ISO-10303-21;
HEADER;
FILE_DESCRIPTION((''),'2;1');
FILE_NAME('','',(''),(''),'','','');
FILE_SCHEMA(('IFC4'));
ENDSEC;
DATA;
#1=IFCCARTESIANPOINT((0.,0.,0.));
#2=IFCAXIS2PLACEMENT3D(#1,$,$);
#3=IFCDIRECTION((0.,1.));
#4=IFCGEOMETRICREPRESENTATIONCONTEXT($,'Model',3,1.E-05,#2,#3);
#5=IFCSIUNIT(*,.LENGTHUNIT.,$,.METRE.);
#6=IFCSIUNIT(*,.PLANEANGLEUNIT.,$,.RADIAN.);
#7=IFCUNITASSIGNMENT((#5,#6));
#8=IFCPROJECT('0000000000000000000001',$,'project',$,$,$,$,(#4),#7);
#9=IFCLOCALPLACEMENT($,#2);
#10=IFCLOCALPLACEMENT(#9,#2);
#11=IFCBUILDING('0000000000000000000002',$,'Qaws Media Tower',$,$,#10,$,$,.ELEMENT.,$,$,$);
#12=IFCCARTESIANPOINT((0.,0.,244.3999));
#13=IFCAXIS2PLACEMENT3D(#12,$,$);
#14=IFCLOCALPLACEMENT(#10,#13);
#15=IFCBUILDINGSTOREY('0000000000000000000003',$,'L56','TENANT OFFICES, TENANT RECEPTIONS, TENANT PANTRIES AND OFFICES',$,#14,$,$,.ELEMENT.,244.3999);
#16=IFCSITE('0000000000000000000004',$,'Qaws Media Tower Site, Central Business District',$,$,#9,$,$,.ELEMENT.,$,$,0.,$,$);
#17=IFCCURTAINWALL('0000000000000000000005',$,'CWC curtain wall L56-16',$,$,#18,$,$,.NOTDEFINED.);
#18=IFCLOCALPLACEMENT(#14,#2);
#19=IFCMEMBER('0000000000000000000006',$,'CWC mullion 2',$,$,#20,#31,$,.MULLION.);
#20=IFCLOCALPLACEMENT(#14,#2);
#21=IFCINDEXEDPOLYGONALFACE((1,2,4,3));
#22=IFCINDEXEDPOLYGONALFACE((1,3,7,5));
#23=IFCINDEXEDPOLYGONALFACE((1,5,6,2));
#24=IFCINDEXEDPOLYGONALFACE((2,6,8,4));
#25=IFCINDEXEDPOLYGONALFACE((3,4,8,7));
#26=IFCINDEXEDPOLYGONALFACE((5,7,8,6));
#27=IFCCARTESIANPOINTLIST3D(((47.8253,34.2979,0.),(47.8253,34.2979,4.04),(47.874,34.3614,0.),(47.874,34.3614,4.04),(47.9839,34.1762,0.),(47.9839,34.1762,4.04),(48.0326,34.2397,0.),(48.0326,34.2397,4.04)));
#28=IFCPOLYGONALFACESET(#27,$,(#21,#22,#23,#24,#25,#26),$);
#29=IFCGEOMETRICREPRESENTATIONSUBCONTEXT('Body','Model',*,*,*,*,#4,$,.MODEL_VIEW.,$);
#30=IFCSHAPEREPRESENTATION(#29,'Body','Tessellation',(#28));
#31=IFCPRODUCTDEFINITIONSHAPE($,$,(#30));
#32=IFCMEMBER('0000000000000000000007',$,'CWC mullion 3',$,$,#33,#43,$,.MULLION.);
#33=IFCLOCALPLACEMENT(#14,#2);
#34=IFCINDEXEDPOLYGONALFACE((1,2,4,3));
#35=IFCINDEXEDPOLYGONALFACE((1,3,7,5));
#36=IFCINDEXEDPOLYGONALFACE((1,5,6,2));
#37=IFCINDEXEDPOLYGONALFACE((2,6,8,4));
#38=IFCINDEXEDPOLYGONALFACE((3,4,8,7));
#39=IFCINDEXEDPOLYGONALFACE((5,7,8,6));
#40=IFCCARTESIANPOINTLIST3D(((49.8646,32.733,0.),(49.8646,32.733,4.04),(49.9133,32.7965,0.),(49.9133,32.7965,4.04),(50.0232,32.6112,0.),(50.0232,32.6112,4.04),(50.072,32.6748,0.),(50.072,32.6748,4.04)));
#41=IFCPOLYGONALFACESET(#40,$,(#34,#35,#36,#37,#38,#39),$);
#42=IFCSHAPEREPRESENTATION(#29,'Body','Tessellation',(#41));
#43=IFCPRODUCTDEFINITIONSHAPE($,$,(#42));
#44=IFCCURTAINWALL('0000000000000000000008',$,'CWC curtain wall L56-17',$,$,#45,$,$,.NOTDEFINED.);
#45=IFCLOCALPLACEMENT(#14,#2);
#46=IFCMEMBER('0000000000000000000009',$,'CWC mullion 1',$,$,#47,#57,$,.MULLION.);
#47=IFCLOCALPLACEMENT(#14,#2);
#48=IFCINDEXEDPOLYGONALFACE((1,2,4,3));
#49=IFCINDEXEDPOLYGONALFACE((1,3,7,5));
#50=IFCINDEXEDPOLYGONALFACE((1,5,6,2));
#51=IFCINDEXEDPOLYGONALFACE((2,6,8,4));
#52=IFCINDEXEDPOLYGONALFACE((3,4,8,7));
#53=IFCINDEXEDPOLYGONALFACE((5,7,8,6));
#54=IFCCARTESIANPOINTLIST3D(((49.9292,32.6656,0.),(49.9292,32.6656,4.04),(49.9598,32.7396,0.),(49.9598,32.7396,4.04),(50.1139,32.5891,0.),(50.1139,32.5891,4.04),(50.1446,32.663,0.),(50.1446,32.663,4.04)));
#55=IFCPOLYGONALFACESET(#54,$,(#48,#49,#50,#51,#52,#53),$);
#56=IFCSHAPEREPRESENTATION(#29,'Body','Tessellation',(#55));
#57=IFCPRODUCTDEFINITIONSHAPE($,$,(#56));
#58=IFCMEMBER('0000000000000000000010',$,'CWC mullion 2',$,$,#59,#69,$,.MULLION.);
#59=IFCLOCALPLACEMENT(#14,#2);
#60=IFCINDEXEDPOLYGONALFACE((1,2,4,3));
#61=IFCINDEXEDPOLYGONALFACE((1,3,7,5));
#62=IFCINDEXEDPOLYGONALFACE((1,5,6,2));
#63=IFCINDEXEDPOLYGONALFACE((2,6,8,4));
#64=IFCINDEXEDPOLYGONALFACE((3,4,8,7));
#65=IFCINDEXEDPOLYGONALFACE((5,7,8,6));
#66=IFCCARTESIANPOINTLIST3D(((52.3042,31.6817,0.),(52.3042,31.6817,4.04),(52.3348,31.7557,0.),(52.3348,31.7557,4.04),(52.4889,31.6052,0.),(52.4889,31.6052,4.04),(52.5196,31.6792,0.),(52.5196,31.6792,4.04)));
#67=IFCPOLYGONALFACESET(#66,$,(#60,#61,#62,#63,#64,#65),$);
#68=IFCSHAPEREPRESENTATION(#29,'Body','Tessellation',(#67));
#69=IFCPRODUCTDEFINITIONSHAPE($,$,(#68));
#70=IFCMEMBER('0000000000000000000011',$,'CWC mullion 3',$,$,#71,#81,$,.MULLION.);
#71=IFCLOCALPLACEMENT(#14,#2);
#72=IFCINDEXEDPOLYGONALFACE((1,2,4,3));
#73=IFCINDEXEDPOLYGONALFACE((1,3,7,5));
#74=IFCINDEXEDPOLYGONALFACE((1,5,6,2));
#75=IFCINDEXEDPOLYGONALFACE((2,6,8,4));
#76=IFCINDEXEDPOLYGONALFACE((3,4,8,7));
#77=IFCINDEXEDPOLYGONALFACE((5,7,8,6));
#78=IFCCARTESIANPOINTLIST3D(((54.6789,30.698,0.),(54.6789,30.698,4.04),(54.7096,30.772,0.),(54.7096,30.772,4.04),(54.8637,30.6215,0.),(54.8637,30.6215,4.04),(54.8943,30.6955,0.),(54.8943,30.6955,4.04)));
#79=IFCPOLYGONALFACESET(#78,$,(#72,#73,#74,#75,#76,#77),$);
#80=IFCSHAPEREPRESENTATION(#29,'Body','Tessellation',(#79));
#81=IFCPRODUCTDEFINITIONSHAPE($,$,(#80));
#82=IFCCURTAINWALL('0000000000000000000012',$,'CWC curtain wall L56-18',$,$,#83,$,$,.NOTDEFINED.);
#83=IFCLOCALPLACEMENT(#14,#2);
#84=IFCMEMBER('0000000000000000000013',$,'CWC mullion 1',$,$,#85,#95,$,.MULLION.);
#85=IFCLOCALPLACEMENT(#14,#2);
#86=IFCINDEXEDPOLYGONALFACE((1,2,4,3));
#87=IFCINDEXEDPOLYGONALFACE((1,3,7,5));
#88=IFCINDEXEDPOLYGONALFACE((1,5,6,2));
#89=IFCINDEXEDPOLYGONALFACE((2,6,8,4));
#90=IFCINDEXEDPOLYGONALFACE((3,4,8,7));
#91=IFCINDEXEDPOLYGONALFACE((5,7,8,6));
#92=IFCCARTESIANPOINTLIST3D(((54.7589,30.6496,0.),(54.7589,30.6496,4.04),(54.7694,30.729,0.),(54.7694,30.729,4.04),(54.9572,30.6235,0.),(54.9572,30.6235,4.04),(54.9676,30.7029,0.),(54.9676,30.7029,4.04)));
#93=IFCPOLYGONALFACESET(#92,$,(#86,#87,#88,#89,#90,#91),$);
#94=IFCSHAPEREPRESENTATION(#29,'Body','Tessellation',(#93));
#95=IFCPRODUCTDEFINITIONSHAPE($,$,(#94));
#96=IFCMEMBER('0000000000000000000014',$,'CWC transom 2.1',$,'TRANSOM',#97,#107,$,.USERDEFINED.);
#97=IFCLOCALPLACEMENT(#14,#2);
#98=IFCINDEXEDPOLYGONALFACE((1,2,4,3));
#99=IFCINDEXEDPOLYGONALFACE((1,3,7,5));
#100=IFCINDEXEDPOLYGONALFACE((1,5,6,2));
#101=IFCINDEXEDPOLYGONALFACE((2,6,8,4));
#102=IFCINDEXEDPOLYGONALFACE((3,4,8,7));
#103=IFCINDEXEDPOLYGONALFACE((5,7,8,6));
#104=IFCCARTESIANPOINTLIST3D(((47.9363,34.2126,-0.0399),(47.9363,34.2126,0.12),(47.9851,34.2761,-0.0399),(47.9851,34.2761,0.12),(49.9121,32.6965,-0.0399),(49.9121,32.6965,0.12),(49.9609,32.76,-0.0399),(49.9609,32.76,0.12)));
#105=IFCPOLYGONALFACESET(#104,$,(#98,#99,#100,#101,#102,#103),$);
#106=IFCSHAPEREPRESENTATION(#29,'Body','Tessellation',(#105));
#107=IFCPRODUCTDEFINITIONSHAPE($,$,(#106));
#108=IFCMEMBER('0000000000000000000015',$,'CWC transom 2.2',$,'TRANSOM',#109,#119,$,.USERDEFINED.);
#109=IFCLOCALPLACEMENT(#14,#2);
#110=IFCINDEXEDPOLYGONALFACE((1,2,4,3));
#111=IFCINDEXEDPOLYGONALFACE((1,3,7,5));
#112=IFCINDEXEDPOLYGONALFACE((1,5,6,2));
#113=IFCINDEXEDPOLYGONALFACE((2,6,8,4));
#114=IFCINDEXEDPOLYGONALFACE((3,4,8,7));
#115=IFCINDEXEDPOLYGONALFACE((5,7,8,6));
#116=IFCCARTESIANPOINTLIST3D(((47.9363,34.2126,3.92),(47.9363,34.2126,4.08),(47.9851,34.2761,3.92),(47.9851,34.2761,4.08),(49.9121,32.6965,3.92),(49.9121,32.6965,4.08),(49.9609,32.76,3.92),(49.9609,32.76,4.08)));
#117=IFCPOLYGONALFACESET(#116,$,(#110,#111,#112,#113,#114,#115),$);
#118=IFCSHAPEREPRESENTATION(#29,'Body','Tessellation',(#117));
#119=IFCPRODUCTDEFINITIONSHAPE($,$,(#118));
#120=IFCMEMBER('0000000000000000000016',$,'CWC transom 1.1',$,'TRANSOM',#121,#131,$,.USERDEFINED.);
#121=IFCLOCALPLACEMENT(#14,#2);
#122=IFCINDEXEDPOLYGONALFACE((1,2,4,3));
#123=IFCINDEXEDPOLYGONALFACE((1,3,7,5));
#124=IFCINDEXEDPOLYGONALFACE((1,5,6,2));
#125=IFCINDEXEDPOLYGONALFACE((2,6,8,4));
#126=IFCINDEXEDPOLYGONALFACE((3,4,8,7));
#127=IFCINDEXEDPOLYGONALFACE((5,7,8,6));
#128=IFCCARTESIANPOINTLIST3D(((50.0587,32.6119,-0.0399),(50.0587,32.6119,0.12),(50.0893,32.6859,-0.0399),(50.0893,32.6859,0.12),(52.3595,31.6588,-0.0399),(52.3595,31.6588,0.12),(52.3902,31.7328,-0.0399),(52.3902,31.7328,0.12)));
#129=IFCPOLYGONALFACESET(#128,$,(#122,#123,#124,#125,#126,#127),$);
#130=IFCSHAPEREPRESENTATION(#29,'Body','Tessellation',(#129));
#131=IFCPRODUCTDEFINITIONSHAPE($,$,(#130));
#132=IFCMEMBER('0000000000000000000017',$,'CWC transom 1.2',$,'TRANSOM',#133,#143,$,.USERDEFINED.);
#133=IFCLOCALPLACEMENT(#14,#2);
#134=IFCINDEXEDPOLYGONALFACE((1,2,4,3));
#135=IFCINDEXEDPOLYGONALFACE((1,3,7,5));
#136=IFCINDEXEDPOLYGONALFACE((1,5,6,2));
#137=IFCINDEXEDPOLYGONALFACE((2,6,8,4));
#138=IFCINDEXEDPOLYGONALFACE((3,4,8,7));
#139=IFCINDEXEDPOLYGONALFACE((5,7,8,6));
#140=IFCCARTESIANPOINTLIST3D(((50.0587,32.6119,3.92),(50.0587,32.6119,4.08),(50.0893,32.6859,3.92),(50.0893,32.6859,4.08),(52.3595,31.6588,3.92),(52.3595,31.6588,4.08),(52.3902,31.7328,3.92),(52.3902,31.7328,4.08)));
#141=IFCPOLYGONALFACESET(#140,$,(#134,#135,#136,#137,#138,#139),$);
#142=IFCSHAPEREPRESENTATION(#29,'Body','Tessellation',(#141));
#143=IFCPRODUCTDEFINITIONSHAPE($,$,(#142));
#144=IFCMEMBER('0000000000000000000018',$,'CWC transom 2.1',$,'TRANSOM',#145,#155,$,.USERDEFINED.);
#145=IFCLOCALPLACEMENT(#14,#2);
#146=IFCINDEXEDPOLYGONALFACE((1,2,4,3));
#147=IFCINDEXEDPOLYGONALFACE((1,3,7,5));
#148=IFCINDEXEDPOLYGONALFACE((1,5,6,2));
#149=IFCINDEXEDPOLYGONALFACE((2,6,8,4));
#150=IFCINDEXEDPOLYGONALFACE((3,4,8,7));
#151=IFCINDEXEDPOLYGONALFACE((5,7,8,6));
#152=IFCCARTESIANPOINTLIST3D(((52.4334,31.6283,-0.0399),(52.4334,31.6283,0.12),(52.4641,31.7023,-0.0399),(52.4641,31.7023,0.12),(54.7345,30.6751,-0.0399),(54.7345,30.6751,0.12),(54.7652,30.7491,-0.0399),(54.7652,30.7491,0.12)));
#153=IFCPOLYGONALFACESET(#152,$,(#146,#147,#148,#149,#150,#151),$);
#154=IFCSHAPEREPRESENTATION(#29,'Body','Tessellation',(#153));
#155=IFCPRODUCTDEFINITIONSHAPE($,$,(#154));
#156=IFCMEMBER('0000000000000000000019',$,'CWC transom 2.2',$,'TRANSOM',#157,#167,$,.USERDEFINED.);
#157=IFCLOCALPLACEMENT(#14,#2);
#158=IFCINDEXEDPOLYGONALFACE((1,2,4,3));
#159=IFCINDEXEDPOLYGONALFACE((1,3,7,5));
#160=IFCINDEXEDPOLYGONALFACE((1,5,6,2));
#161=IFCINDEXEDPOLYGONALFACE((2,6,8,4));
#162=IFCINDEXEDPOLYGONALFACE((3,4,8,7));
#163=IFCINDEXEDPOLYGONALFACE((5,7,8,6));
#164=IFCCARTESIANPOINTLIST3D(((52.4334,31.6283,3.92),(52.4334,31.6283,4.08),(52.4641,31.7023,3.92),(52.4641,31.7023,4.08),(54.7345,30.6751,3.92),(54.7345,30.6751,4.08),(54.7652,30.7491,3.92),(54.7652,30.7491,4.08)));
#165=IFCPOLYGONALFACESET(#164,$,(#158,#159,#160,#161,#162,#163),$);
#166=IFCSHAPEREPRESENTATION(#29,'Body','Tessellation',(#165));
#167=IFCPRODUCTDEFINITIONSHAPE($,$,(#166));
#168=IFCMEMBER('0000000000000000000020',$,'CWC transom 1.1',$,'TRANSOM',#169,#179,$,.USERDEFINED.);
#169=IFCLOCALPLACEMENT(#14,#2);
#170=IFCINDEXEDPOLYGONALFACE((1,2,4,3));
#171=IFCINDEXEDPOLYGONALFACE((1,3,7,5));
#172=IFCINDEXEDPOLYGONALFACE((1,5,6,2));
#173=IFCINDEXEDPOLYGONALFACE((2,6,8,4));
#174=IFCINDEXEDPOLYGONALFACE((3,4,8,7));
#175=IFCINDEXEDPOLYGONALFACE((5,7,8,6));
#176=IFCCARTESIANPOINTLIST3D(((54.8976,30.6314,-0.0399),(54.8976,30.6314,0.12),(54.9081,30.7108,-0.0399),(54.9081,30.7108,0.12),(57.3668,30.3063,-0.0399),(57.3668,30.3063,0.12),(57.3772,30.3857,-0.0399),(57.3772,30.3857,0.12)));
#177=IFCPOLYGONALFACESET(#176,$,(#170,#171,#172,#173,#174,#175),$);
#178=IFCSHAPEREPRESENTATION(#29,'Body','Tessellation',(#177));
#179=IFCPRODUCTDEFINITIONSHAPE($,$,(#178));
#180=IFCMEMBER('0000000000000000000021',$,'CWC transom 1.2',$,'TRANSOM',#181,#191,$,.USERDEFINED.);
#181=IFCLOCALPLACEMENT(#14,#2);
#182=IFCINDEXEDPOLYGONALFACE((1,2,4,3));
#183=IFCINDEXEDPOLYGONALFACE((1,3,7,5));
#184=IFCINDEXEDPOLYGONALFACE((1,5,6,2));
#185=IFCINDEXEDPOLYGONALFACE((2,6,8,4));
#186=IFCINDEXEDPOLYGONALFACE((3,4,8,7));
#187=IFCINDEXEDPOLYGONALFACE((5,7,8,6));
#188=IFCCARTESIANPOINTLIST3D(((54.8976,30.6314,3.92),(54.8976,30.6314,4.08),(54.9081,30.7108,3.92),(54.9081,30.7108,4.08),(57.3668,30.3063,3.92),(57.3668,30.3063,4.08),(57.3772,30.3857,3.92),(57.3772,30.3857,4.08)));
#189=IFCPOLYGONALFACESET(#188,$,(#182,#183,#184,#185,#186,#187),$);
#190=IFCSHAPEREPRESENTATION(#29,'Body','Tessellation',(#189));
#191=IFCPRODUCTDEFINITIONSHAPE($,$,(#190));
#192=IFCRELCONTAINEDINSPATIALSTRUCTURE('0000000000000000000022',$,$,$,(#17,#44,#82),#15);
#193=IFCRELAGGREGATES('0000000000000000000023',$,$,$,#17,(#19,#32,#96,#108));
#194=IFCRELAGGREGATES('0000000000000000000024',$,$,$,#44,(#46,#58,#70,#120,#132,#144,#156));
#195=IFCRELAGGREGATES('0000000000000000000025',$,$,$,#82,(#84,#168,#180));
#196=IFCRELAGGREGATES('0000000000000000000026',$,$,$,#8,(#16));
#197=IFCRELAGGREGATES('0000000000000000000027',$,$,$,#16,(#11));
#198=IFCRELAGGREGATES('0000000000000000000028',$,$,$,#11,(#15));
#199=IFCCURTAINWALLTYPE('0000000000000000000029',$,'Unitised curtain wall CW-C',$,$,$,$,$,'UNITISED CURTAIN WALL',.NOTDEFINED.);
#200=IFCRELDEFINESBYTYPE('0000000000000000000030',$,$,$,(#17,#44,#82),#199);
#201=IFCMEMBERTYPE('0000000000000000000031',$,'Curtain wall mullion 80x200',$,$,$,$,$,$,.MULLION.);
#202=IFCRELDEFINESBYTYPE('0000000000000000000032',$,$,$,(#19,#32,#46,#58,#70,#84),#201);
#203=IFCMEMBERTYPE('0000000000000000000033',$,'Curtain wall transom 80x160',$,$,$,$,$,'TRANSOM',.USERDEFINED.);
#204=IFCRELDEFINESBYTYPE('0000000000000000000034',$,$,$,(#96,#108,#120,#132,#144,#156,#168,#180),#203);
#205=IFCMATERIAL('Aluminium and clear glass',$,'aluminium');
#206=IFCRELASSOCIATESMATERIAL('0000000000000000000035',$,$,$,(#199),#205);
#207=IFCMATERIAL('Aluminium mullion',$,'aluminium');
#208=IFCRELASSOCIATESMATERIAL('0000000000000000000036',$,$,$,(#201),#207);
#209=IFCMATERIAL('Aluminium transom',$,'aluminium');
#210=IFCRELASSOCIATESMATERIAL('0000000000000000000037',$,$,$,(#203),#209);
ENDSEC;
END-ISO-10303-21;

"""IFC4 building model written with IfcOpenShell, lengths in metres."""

from ifc_helpers import new_model, si_unit, direction, frame, origin, origin_2d, place, context, subcontext, project, spatial, rectangle, extrude, material, material_profile, profile_set, type_object, element, aggregate, save


model = new_model("IFC4")

# Units and contexts
model_context = context("Model", 3, precision=1e-05, world=origin(), true_north=direction((0.0, 1.0)))
body_context = subcontext(model_context, "Body", "Model", "MODEL_VIEW")
ifc_project = project(units=[si_unit("LENGTHUNIT", "METRE"), si_unit("PLANEANGLEUNIT", "RADIAN")], contexts=[model_context])

# Site, building, storey
site_placement = place(None, origin())
site = spatial("IfcSite", under=ifc_project, at=site_placement, Name="Qaws Media Tower Site, Central Business District", CompositionType="ELEMENT", RefElevation=0.0)
building_placement = place(site_placement, origin())
building = spatial("IfcBuilding", under=site, at=building_placement, Name="Qaws Media Tower", CompositionType="ELEMENT")
storey_placement = place(building_placement, frame((0.0, 0.0, 244.3999)))
storey = spatial("IfcBuildingStorey", under=building, at=storey_placement, Name="L56", Description="TENANT OFFICES, TENANT RECEPTIONS, TENANT PANTRIES AND OFFICES", CompositionType="ELEMENT", Elevation=244.3999)

# Curtain walls, members
ifc_material_1 = material(Name="Aluminium and clear glass", Category="aluminium")
curtain_wall_type = type_object("IfcCurtainWallType", Name="Unitised curtain wall CW-C", ElementType="UNITISED CURTAIN WALL", PredefinedType="NOTDEFINED", material=ifc_material_1)
curtain_wall_1_placement = place(storey_placement, origin())
curtain_wall_1 = element("IfcCurtainWall", 1, at=curtain_wall_1_placement, inside=storey, type_object=curtain_wall_type, Name="CWC curtain wall L56-16", PredefinedType="NOTDEFINED")
ifc_material_2 = material(Name="Aluminium mullion", Category="aluminium")
ifc_material_profile_1 = material_profile(ifc_material_2, rectangle(XDim=0.0801, YDim=0.2, at=origin_2d()), Name="80x200")
ifc_profile_set_1 = profile_set([ifc_material_profile_1], Name="Aluminium mullion")
member_type_1 = type_object("IfcMemberType", Name="Curtain wall mullion 80x200", PredefinedType="MULLION", material=ifc_profile_set_1)
member_1_placement = place(storey_placement, frame((47.929, 34.2688, 0.0), z_axis=(0.0, 0.0, 1.0), x_axis=(0.608761, 0.793353, 0.0)))
member_1 = element("IfcMember", 2, at=member_1_placement, type_object=member_type_1, Name="CWC mullion 2", PredefinedType="MULLION", context=body_context, shape_type="SweptSolid", body=[
    extrude(rectangle(XDim=0.0801, YDim=0.2, at=origin_2d()), origin(), (0.0, 0.0, 1.0), 4.04),
])
member_2_placement = place(storey_placement, frame((49.9683, 32.7039, 0.0), z_axis=(0.0, 0.0, 1.0), x_axis=(0.608761, 0.793353, 0.0)))
member_2 = element("IfcMember", 3, at=member_2_placement, type_object=member_type_1, Name="CWC mullion 3", PredefinedType="MULLION", context=body_context, shape_type="SweptSolid", body=[
    extrude(rectangle(XDim=0.0801, YDim=0.2, at=origin_2d()), origin(), (0.0, 0.0, 1.0), 4.04),
])
curtain_wall_2_placement = place(storey_placement, origin())
curtain_wall_2 = element("IfcCurtainWall", 4, at=curtain_wall_2_placement, inside=storey, type_object=curtain_wall_type, Name="CWC curtain wall L56-17", PredefinedType="NOTDEFINED")
member_3_placement = place(storey_placement, frame((50.0369, 32.6643, 0.0), z_axis=(0.0, 0.0, 1.0), x_axis=(0.382684, 0.923879, 0.0)))
member_3 = element("IfcMember", 5, at=member_3_placement, type_object=member_type_1, Name="CWC mullion 1", PredefinedType="MULLION", context=body_context, shape_type="SweptSolid", body=[
    extrude(rectangle(XDim=0.0801, YDim=0.2, at=origin_2d()), origin(), (0.0, 0.0, 1.0), 4.04),
])
member_4_placement = place(storey_placement, frame((52.4119, 31.6804, 0.0), z_axis=(0.0, 0.0, 1.0), x_axis=(0.382684, 0.923879, 0.0)))
member_4 = element("IfcMember", 6, at=member_4_placement, type_object=member_type_1, Name="CWC mullion 2", PredefinedType="MULLION", context=body_context, shape_type="SweptSolid", body=[
    extrude(rectangle(XDim=0.0801, YDim=0.2, at=origin_2d()), origin(), (0.0, 0.0, 1.0), 4.04),
])
member_5_placement = place(storey_placement, frame((54.7866, 30.6968, 0.0), z_axis=(0.0, 0.0, 1.0), x_axis=(0.382684, 0.923879, 0.0)))
member_5 = element("IfcMember", 7, at=member_5_placement, type_object=member_type_1, Name="CWC mullion 3", PredefinedType="MULLION", context=body_context, shape_type="SweptSolid", body=[
    extrude(rectangle(XDim=0.0801, YDim=0.2, at=origin_2d()), origin(), (0.0, 0.0, 1.0), 4.04),
])

# Curtain wall, member
curtain_wall_3_placement = place(storey_placement, origin())
curtain_wall_3 = element("IfcCurtainWall", 8, at=curtain_wall_3_placement, inside=storey, type_object=curtain_wall_type, Name="CWC curtain wall L56-18", PredefinedType="NOTDEFINED")
member_6_placement = place(storey_placement, frame((54.8633, 30.6763, 0.0), z_axis=(0.0, 0.0, 1.0), x_axis=(0.130526, 0.991445, 0.0)))
member_6 = element("IfcMember", 9, at=member_6_placement, type_object=member_type_1, Name="CWC mullion 1", PredefinedType="MULLION", context=body_context, shape_type="SweptSolid", body=[
    extrude(rectangle(XDim=0.0801, YDim=0.2, at=origin_2d()), origin(), (0.0, 0.0, 1.0), 4.04),
])

# Members
ifc_material_3 = material(Name="Aluminium transom", Category="aluminium")
ifc_material_profile_2 = material_profile(ifc_material_3, rectangle(XDim=0.0801, YDim=0.1599, at=origin_2d()), Name="80x160")
ifc_profile_set_2 = profile_set([ifc_material_profile_2], Name="Aluminium transom")
member_type_2 = type_object("IfcMemberType", Name="Curtain wall transom 80x160", ElementType="TRANSOM", PredefinedType="USERDEFINED", material=ifc_profile_set_2)
member_7_placement = place(storey_placement, frame((47.9607, 34.2444, 0.04), z_axis=(0.793352, -0.608763, 0.0), x_axis=(0.608763, 0.793352, 0.0)))
member_7 = element("IfcMember", 10, at=member_7_placement, type_object=member_type_2, Name="CWC transom 2.1", ObjectType="TRANSOM", PredefinedType="USERDEFINED", context=body_context, shape_type="SweptSolid", body=[
    extrude(rectangle(XDim=0.0801, YDim=0.1599, at=origin_2d()), origin(), (0.0, 0.0, 1.0), 2.4905),
])
member_8_placement = place(storey_placement, frame((47.9607, 34.2444, 4.0), z_axis=(0.793352, -0.608763, 0.0), x_axis=(0.608763, 0.793352, 0.0)))
member_8 = element("IfcMember", 11, at=member_8_placement, type_object=member_type_2, Name="CWC transom 2.2", ObjectType="TRANSOM", PredefinedType="USERDEFINED", context=body_context, shape_type="SweptSolid", body=[
    extrude(rectangle(XDim=0.0801, YDim=0.1599, at=origin_2d()), origin(), (0.0, 0.0, 1.0), 2.4905),
])
member_9_placement = place(storey_placement, frame((50.074, 32.6489, 0.04), z_axis=(0.923864, -0.382721, 0.0), x_axis=(0.382721, 0.923864, 0.0)))
member_9 = element("IfcMember", 12, at=member_9_placement, type_object=member_type_2, Name="CWC transom 1.1", ObjectType="TRANSOM", PredefinedType="USERDEFINED", context=body_context, shape_type="SweptSolid", body=[
    extrude(rectangle(XDim=0.0801, YDim=0.1599, at=origin_2d()), origin(), (0.0, 0.0, 1.0), 2.4905),
])
member_10_placement = place(storey_placement, frame((50.074, 32.6489, 4.0), z_axis=(0.923864, -0.382721, 0.0), x_axis=(0.382721, 0.923864, 0.0)))
member_10 = element("IfcMember", 13, at=member_10_placement, type_object=member_type_2, Name="CWC transom 1.2", ObjectType="TRANSOM", PredefinedType="USERDEFINED", context=body_context, shape_type="SweptSolid", body=[
    extrude(rectangle(XDim=0.0801, YDim=0.1599, at=origin_2d()), origin(), (0.0, 0.0, 1.0), 2.4905),
])
member_11_placement = place(storey_placement, frame((52.4487, 31.6653, 0.04), z_axis=(0.923878, -0.382687, 0.0), x_axis=(0.382687, 0.923878, 0.0)))
member_11 = element("IfcMember", 14, at=member_11_placement, type_object=member_type_2, Name="CWC transom 2.1", ObjectType="TRANSOM", PredefinedType="USERDEFINED", context=body_context, shape_type="SweptSolid", body=[
    extrude(rectangle(XDim=0.0801, YDim=0.1599, at=origin_2d()), origin(), (0.0, 0.0, 1.0), 2.4907),
])
member_12_placement = place(storey_placement, frame((52.4487, 31.6653, 4.0), z_axis=(0.923878, -0.382687, 0.0), x_axis=(0.382687, 0.923878, 0.0)))
member_12 = element("IfcMember", 15, at=member_12_placement, type_object=member_type_2, Name="CWC transom 2.2", ObjectType="TRANSOM", PredefinedType="USERDEFINED", context=body_context, shape_type="SweptSolid", body=[
    extrude(rectangle(XDim=0.0801, YDim=0.1599, at=origin_2d()), origin(), (0.0, 0.0, 1.0), 2.4907),
])
member_13_placement = place(storey_placement, frame((54.9028, 30.6711, 0.04), z_axis=(0.991439, -0.130571, 0.0), x_axis=(0.130571, 0.991439, 0.0)))
member_13 = element("IfcMember", 16, at=member_13_placement, type_object=member_type_2, Name="CWC transom 1.1", ObjectType="TRANSOM", PredefinedType="USERDEFINED", context=body_context, shape_type="SweptSolid", body=[
    extrude(rectangle(XDim=0.0801, YDim=0.1599, at=origin_2d()), origin(), (0.0, 0.0, 1.0), 2.4905),
])
member_14_placement = place(storey_placement, frame((54.9028, 30.6711, 4.0), z_axis=(0.991439, -0.130571, 0.0), x_axis=(0.130571, 0.991439, 0.0)))
member_14 = element("IfcMember", 17, at=member_14_placement, type_object=member_type_2, Name="CWC transom 1.2", ObjectType="TRANSOM", PredefinedType="USERDEFINED", context=body_context, shape_type="SweptSolid", body=[
    extrude(rectangle(XDim=0.0801, YDim=0.1599, at=origin_2d()), origin(), (0.0, 0.0, 1.0), 2.4905),
])

aggregate(curtain_wall_1, [member_1, member_2, member_7, member_8])
aggregate(curtain_wall_2, [member_3, member_4, member_5, member_9, member_10, member_11, member_12])
aggregate(curtain_wall_3, [member_6, member_13, member_14])

save(model, "model.ifc")
